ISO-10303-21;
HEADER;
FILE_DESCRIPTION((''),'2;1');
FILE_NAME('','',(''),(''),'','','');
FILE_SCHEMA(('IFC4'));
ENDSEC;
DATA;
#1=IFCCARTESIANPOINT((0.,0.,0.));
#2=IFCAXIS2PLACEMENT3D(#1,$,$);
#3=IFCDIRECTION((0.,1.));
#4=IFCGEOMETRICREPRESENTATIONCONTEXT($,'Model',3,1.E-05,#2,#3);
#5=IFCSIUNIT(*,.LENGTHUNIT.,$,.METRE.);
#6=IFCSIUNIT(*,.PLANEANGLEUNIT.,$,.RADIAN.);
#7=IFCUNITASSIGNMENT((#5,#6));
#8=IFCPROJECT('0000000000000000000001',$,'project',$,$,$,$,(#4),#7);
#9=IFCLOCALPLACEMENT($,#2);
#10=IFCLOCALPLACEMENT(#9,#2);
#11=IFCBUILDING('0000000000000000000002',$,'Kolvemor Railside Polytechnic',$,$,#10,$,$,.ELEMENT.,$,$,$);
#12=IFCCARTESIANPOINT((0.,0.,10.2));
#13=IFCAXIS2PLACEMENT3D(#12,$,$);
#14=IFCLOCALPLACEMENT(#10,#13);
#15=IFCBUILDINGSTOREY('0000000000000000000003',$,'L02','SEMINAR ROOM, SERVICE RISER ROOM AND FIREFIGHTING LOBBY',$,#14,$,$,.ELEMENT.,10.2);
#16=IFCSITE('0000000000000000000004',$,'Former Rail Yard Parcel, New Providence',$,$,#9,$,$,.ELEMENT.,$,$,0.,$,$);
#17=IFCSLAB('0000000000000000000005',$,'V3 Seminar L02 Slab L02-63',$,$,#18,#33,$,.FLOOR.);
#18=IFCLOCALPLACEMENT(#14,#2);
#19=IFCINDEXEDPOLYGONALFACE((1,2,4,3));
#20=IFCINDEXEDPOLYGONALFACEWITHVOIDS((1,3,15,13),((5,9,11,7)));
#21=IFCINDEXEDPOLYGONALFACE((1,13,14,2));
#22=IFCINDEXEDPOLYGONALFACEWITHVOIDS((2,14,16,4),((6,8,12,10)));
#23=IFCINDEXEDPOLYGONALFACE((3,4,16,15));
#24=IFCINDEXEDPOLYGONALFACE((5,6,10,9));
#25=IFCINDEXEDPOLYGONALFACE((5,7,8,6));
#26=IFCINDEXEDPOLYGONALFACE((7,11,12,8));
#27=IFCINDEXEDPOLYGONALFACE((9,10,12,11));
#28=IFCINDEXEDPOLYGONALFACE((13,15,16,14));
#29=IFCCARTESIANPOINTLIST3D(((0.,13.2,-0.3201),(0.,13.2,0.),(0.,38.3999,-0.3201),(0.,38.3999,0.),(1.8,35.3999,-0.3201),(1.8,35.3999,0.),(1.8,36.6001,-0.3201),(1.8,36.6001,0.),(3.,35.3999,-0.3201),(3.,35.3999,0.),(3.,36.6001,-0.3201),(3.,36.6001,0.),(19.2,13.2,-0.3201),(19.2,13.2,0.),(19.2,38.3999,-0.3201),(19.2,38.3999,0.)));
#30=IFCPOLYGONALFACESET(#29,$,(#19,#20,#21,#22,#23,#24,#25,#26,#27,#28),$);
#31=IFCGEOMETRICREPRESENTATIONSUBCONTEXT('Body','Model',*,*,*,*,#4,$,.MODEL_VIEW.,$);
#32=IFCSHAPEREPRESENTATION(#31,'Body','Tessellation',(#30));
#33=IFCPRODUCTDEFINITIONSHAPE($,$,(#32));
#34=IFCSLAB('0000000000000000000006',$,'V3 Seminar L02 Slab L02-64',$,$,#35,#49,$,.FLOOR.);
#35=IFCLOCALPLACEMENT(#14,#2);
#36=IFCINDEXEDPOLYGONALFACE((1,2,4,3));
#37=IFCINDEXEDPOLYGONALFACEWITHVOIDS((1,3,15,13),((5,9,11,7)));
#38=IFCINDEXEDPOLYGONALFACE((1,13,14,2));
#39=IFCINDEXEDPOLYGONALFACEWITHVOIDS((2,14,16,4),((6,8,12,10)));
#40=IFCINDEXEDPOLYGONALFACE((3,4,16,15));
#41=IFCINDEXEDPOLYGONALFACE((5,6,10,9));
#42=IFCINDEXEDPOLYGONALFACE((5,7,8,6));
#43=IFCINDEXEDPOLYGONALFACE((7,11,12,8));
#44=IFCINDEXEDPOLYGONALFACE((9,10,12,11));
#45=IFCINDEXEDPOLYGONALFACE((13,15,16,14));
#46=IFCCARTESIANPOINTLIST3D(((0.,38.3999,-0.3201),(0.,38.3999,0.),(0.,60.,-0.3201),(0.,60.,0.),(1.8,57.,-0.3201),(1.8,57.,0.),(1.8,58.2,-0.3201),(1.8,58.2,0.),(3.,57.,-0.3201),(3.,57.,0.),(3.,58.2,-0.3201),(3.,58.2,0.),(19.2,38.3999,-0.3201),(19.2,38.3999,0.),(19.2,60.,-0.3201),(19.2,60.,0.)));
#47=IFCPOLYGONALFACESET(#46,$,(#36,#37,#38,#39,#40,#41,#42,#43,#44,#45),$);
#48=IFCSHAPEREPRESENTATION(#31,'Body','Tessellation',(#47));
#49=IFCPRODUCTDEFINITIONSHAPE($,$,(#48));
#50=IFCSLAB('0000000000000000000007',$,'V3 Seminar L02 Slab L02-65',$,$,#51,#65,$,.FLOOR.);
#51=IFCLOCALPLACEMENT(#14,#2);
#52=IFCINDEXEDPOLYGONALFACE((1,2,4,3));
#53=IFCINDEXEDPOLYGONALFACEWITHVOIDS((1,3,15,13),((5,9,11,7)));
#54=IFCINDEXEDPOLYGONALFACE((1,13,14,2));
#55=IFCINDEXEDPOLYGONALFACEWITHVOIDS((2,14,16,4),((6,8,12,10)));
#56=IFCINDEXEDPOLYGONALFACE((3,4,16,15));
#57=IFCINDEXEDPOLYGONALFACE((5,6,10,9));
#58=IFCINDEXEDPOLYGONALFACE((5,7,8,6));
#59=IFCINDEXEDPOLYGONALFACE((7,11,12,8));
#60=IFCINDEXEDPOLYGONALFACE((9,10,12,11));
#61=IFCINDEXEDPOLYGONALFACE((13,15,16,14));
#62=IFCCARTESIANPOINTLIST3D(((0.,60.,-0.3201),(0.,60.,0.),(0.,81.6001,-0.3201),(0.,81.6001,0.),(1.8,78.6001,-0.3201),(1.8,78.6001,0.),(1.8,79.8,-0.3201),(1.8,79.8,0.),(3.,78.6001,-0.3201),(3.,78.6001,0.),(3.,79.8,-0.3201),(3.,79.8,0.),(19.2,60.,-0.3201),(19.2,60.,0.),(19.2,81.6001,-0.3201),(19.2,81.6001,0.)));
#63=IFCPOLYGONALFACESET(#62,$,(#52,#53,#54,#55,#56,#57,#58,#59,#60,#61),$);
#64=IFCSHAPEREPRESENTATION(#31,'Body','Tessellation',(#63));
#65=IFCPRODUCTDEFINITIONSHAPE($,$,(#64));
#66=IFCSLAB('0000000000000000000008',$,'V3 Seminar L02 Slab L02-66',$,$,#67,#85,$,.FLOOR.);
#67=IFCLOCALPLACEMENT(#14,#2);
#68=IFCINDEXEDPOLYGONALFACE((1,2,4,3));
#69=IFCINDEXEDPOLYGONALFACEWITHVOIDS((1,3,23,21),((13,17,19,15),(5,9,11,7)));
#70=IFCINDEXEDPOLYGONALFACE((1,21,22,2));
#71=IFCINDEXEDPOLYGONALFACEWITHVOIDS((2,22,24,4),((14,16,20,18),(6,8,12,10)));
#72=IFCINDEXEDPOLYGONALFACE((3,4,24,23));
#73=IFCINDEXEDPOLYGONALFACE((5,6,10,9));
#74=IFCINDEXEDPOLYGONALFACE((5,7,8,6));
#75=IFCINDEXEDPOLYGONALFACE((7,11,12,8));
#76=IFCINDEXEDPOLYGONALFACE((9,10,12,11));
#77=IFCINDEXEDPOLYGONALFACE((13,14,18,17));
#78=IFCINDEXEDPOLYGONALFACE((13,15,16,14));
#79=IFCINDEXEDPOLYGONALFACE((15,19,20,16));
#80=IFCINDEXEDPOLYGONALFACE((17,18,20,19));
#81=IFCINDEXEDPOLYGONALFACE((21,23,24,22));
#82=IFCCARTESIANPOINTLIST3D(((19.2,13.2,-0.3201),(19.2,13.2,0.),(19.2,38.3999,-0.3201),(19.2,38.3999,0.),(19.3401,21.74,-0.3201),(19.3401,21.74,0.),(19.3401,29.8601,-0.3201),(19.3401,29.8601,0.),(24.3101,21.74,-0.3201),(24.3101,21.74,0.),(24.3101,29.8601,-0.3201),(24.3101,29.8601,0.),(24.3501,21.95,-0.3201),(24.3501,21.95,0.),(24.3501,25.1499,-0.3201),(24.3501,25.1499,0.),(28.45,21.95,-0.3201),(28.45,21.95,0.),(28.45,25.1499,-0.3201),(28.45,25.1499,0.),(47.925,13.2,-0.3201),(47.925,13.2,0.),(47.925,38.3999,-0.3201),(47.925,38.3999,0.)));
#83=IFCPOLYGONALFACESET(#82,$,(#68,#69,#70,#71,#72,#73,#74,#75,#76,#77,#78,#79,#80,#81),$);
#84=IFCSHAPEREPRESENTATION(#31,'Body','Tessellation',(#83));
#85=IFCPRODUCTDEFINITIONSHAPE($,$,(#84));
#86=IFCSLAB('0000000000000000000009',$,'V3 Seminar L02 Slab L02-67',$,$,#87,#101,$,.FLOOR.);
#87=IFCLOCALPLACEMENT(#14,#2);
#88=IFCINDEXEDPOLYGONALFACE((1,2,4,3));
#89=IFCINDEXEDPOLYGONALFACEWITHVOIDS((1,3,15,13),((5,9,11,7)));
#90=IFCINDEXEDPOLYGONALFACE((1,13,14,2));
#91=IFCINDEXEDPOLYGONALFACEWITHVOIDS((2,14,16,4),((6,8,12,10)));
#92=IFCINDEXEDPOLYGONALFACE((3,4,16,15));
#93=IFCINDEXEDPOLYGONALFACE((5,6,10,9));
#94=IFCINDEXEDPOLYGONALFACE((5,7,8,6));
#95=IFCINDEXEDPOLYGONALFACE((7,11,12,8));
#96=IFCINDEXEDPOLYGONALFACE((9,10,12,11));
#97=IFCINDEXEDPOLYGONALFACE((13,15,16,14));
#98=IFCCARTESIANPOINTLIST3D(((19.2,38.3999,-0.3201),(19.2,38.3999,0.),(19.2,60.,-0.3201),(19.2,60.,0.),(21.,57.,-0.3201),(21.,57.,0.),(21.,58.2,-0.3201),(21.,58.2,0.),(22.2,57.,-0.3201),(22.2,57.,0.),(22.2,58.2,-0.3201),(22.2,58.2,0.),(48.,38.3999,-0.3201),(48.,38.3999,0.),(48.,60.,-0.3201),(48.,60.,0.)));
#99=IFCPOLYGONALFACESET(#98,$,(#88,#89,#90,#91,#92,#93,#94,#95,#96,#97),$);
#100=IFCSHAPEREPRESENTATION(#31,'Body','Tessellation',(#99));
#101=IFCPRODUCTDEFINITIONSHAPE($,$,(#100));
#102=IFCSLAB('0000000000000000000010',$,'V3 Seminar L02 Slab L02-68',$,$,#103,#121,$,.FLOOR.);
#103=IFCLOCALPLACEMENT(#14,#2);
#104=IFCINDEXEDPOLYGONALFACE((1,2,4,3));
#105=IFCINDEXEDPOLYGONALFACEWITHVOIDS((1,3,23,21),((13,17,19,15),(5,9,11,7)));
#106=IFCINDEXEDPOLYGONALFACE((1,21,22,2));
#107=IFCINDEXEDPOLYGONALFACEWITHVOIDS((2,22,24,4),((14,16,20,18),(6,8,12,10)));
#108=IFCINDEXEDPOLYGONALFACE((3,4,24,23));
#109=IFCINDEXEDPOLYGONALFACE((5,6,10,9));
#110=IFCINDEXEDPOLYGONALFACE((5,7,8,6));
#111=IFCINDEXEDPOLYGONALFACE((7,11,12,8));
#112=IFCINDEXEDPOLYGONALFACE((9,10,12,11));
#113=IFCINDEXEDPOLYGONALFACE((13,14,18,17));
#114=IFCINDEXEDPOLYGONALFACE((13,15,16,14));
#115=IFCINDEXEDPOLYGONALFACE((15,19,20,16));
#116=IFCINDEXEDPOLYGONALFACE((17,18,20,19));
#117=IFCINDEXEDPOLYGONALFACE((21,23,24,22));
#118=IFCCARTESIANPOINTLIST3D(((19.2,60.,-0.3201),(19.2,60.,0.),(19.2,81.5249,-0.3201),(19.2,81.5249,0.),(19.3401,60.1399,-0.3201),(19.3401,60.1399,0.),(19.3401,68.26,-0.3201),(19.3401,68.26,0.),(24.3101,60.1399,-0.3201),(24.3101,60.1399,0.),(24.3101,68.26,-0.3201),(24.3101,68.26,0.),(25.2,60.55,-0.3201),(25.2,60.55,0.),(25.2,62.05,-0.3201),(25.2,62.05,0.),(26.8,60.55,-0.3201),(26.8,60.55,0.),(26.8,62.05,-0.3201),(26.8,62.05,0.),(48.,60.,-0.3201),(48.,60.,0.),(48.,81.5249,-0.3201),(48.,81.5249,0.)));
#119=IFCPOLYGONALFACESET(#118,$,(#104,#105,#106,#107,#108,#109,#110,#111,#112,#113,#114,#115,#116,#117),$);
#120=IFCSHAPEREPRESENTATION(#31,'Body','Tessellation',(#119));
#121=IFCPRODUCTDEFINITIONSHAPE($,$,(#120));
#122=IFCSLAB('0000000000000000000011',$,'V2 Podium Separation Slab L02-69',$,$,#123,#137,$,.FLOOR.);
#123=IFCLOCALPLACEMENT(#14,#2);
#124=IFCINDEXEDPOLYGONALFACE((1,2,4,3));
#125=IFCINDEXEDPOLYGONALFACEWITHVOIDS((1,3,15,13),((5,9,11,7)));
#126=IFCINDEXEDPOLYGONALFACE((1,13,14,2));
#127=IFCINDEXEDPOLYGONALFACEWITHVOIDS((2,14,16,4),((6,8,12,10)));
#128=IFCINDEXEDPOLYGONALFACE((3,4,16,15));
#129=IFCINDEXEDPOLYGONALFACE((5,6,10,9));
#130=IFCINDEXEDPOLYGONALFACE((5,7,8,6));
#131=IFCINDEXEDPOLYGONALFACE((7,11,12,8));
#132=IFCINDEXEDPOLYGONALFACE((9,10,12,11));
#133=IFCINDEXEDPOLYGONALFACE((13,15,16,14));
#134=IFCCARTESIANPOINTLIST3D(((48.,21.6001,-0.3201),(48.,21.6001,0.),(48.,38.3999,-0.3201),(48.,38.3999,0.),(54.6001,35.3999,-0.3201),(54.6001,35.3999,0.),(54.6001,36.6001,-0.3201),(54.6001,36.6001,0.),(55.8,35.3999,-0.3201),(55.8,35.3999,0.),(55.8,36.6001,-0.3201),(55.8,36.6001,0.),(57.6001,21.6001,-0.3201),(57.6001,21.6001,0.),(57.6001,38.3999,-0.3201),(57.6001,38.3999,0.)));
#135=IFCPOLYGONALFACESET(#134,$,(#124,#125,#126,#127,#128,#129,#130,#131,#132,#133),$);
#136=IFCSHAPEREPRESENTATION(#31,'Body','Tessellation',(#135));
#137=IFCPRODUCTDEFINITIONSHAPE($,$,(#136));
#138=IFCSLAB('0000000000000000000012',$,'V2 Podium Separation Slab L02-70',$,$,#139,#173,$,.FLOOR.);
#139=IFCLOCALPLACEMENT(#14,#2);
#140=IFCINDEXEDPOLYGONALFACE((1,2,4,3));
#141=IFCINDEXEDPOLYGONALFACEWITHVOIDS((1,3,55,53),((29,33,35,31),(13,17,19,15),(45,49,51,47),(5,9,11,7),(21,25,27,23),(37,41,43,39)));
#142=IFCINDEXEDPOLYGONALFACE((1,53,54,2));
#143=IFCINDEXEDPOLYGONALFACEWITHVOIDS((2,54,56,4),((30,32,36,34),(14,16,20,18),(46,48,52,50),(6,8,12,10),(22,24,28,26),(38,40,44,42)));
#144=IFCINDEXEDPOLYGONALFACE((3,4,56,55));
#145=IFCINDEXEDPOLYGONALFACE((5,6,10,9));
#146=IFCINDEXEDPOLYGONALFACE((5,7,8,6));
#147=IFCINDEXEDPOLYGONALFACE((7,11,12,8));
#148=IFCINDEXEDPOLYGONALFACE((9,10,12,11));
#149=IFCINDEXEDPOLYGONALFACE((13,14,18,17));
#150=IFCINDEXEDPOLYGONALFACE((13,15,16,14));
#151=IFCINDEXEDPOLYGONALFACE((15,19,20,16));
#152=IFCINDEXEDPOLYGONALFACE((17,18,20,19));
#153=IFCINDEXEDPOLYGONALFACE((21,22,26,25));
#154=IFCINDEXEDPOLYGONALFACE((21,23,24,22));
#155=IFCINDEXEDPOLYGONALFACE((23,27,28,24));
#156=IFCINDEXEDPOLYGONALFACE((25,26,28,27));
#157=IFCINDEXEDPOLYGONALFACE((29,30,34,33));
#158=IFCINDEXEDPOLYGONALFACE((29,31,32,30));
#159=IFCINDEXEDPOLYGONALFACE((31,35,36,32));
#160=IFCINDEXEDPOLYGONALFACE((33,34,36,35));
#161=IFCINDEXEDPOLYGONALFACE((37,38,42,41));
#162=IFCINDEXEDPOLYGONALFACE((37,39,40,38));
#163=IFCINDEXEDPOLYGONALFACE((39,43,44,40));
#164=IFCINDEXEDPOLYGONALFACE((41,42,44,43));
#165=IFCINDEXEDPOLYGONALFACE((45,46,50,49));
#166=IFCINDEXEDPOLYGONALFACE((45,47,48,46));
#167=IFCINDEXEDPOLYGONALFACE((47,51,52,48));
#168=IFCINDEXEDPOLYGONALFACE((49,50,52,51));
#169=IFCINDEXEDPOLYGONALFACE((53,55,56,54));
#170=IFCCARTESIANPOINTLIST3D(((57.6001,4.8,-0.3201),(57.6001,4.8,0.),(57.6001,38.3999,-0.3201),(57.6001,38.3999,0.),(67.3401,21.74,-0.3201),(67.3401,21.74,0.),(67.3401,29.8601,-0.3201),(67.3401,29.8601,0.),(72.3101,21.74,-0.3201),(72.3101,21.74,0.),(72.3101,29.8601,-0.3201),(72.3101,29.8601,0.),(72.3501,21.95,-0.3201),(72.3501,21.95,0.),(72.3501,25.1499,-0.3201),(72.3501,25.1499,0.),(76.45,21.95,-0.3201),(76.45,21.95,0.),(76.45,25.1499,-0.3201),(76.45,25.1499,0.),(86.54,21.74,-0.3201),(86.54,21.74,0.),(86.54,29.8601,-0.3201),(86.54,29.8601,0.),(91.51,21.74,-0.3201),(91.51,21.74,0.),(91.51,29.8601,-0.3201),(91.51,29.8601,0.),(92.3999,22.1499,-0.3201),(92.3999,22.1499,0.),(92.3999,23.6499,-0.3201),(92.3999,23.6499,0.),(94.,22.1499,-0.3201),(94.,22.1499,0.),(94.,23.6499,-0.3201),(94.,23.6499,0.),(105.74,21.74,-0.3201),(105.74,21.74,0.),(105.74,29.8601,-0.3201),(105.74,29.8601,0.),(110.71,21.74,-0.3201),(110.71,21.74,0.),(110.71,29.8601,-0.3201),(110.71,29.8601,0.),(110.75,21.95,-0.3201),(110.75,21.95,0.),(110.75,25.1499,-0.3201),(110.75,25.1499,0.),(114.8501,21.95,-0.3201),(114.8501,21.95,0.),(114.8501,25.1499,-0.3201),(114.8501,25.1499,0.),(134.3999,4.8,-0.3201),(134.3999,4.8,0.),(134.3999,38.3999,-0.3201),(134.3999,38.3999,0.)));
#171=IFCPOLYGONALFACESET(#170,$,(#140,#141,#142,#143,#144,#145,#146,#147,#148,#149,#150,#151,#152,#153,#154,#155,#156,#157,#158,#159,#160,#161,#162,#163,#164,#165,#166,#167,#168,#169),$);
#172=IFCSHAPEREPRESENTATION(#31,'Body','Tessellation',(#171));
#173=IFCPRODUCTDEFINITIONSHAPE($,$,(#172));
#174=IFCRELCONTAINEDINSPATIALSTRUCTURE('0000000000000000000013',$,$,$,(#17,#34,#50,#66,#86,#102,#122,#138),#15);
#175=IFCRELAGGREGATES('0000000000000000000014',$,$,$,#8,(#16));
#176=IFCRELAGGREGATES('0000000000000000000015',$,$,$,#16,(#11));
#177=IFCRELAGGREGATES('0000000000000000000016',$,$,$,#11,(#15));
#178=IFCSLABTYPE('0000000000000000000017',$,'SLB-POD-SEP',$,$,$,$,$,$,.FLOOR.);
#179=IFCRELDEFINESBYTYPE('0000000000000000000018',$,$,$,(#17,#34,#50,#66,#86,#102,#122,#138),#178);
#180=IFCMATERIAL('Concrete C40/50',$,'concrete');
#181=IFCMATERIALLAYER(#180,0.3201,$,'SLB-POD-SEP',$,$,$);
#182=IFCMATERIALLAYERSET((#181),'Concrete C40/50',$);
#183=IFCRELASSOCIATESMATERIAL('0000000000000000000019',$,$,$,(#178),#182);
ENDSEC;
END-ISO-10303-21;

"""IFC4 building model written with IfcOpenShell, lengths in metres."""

from ifc_helpers import new_model, si_unit, direction, frame, origin, place, context, subcontext, project, spatial, polyline, outline, extrude, material, layer, layer_set, type_object, element, save


model = new_model("IFC4")

# Units and contexts
model_context = context("Model", 3, precision=1e-05, world=origin(), true_north=direction((0.0, 1.0)))
body_context = subcontext(model_context, "Body", "Model", "MODEL_VIEW")
ifc_project = project(units=[si_unit("LENGTHUNIT", "METRE"), si_unit("PLANEANGLEUNIT", "RADIAN")], contexts=[model_context])

# Site, building, storey
site_placement = place(None, origin())
site = spatial("IfcSite", under=ifc_project, at=site_placement, Name="Former Rail Yard Parcel, New Providence", CompositionType="ELEMENT", RefElevation=0.0)
building_placement = place(site_placement, origin())
building = spatial("IfcBuilding", under=site, at=building_placement, Name="Kolvemor Railside Polytechnic", CompositionType="ELEMENT")
storey_placement = place(building_placement, frame((0.0, 0.0, 10.2)))
storey = spatial("IfcBuildingStorey", under=building, at=storey_placement, Name="L02", Description="SEMINAR ROOM, SERVICE RISER ROOM AND FIREFIGHTING LOBBY", CompositionType="ELEMENT", Elevation=10.2)

# Slabs
ifc_material_1 = material(Name="Concrete C40/50", Category="concrete")
ifc_layer_1 = layer(ifc_material_1, 0.3201, Name="SLB-POD-SEP")
ifc_layer_set_1 = layer_set([ifc_layer_1], Name="Concrete C40/50")
slab_type = type_object("IfcSlabType", Name="SLB-POD-SEP", PredefinedType="FLOOR", material=ifc_layer_set_1)
slab_1_placement = place(storey_placement, frame((0.0, 0.0, -0.3201)))
element("IfcSlab", 1, at=slab_1_placement, inside=storey, type_object=slab_type, Name="V3 Seminar L02 Slab L02-63", PredefinedType="FLOOR", context=body_context, shape_type="SweptSolid", body=[
    extrude(outline(polyline([(0.0, 13.2), (19.2, 13.2), (19.2, 38.3999), (0.0, 38.3999), (0.0, 13.2)]), holes=[polyline([(1.8, 35.3999), (3.0, 35.3999), (3.0, 36.6001), (1.8, 36.6001), (1.8, 35.3999)])]), origin(), (0.0, 0.0, 1.0), 0.3201),
])
slab_2_placement = place(storey_placement, frame((0.0, 0.0, -0.3201)))
element("IfcSlab", 2, at=slab_2_placement, inside=storey, type_object=slab_type, Name="V3 Seminar L02 Slab L02-64", PredefinedType="FLOOR", context=body_context, shape_type="SweptSolid", body=[
    extrude(outline(polyline([(0.0, 38.3999), (19.2, 38.3999), (19.2, 60.0), (0.0, 60.0), (0.0, 38.3999)]), holes=[polyline([(1.8, 57.0), (3.0, 57.0), (3.0, 58.2), (1.8, 58.2), (1.8, 57.0)])]), origin(), (0.0, 0.0, 1.0), 0.3201),
])
slab_3_placement = place(storey_placement, frame((0.0, 0.0, -0.3201)))
element("IfcSlab", 3, at=slab_3_placement, inside=storey, type_object=slab_type, Name="V3 Seminar L02 Slab L02-65", PredefinedType="FLOOR", context=body_context, shape_type="SweptSolid", body=[
    extrude(outline(polyline([(0.0, 60.0), (19.2, 60.0), (19.2, 81.6001), (0.0, 81.6001), (0.0, 60.0)]), holes=[polyline([(1.8, 78.6001), (3.0, 78.6001), (3.0, 79.8), (1.8, 79.8), (1.8, 78.6001)])]), origin(), (0.0, 0.0, 1.0), 0.3201),
])
slab_4_placement = place(storey_placement, frame((0.0, 0.0, -0.3201)))
element("IfcSlab", 4, at=slab_4_placement, inside=storey, type_object=slab_type, Name="V3 Seminar L02 Slab L02-66", PredefinedType="FLOOR", context=body_context, shape_type="SweptSolid", body=[
    extrude(outline(polyline([(19.2, 13.2), (47.925, 13.2), (47.925, 38.3999), (19.2, 38.3999), (19.2, 13.2)]), holes=[polyline([(19.3401, 21.74), (24.3101, 21.74), (24.3101, 29.8601), (19.3401, 29.8601), (19.3401, 21.74)]), polyline([(24.3501, 21.95), (28.45, 21.95), (28.45, 25.1499), (24.3501, 25.1499), (24.3501, 21.95)])]), origin(), (0.0, 0.0, 1.0), 0.3201),
])
slab_5_placement = place(storey_placement, frame((0.0, 0.0, -0.3201)))
element("IfcSlab", 5, at=slab_5_placement, inside=storey, type_object=slab_type, Name="V3 Seminar L02 Slab L02-67", PredefinedType="FLOOR", context=body_context, shape_type="SweptSolid", body=[
    extrude(outline(polyline([(19.2, 38.3999), (48.0, 38.3999), (48.0, 60.0), (19.2, 60.0), (19.2, 38.3999)]), holes=[polyline([(21.0, 57.0), (22.2, 57.0), (22.2, 58.2), (21.0, 58.2), (21.0, 57.0)])]), origin(), (0.0, 0.0, 1.0), 0.3201),
])
slab_6_placement = place(storey_placement, frame((0.0, 0.0, -0.3201)))
element("IfcSlab", 6, at=slab_6_placement, inside=storey, type_object=slab_type, Name="V3 Seminar L02 Slab L02-68", PredefinedType="FLOOR", context=body_context, shape_type="SweptSolid", body=[
    extrude(outline(polyline([(19.2, 60.0), (48.0, 60.0), (48.0, 81.5249), (19.2, 81.5249), (19.2, 60.0)]), holes=[polyline([(19.3401, 60.1399), (24.3101, 60.1399), (24.3101, 68.26), (19.3401, 68.26), (19.3401, 60.1399)]), polyline([(25.2, 60.55), (26.8, 60.55), (26.8, 62.05), (25.2, 62.05), (25.2, 60.55)])]), origin(), (0.0, 0.0, 1.0), 0.3201),
])
slab_7_placement = place(storey_placement, frame((0.0, 0.0, -0.3201)))
element("IfcSlab", 7, at=slab_7_placement, inside=storey, type_object=slab_type, Name="V2 Podium Separation Slab L02-69", PredefinedType="FLOOR", context=body_context, shape_type="SweptSolid", body=[
    extrude(outline(polyline([(48.0, 21.6001), (57.6001, 21.6001), (57.6001, 38.3999), (48.0, 38.3999), (48.0, 21.6001)]), holes=[polyline([(54.6001, 35.3999), (55.8, 35.3999), (55.8, 36.6001), (54.6001, 36.6001), (54.6001, 35.3999)])]), origin(), (0.0, 0.0, 1.0), 0.3201),
])
slab_8_placement = place(storey_placement, frame((0.0, 0.0, -0.3201)))
element("IfcSlab", 8, at=slab_8_placement, inside=storey, type_object=slab_type, Name="V2 Podium Separation Slab L02-70", PredefinedType="FLOOR", context=body_context, shape_type="SweptSolid", body=[
    extrude(outline(polyline([(57.6001, 4.8), (134.3999, 4.8), (134.3999, 38.3999), (57.6001, 38.3999), (57.6001, 4.8)]), holes=[polyline([(67.3401, 21.74), (72.3101, 21.74), (72.3101, 29.8601), (67.3401, 29.8601), (67.3401, 21.74)]), polyline([(72.3501, 21.95), (76.45, 21.95), (76.45, 25.1499), (72.3501, 25.1499), (72.3501, 21.95)]), polyline([(105.74, 21.74), (110.71, 21.74), (110.71, 29.8601), (105.74, 29.8601), (105.74, 21.74)]), polyline([(110.75, 21.95), (114.8501, 21.95), (114.8501, 25.1499), (110.75, 25.1499), (110.75, 21.95)]), polyline([(86.54, 21.74), (91.51, 21.74), (91.51, 29.8601), (86.54, 29.8601), (86.54, 21.74)]), polyline([(92.3999, 22.1499), (94.0, 22.1499), (94.0, 23.6499), (92.3999, 23.6499), (92.3999, 22.1499)])]), origin(), (0.0, 0.0, 1.0), 0.3201),
])

save(model, "model.ifc")
